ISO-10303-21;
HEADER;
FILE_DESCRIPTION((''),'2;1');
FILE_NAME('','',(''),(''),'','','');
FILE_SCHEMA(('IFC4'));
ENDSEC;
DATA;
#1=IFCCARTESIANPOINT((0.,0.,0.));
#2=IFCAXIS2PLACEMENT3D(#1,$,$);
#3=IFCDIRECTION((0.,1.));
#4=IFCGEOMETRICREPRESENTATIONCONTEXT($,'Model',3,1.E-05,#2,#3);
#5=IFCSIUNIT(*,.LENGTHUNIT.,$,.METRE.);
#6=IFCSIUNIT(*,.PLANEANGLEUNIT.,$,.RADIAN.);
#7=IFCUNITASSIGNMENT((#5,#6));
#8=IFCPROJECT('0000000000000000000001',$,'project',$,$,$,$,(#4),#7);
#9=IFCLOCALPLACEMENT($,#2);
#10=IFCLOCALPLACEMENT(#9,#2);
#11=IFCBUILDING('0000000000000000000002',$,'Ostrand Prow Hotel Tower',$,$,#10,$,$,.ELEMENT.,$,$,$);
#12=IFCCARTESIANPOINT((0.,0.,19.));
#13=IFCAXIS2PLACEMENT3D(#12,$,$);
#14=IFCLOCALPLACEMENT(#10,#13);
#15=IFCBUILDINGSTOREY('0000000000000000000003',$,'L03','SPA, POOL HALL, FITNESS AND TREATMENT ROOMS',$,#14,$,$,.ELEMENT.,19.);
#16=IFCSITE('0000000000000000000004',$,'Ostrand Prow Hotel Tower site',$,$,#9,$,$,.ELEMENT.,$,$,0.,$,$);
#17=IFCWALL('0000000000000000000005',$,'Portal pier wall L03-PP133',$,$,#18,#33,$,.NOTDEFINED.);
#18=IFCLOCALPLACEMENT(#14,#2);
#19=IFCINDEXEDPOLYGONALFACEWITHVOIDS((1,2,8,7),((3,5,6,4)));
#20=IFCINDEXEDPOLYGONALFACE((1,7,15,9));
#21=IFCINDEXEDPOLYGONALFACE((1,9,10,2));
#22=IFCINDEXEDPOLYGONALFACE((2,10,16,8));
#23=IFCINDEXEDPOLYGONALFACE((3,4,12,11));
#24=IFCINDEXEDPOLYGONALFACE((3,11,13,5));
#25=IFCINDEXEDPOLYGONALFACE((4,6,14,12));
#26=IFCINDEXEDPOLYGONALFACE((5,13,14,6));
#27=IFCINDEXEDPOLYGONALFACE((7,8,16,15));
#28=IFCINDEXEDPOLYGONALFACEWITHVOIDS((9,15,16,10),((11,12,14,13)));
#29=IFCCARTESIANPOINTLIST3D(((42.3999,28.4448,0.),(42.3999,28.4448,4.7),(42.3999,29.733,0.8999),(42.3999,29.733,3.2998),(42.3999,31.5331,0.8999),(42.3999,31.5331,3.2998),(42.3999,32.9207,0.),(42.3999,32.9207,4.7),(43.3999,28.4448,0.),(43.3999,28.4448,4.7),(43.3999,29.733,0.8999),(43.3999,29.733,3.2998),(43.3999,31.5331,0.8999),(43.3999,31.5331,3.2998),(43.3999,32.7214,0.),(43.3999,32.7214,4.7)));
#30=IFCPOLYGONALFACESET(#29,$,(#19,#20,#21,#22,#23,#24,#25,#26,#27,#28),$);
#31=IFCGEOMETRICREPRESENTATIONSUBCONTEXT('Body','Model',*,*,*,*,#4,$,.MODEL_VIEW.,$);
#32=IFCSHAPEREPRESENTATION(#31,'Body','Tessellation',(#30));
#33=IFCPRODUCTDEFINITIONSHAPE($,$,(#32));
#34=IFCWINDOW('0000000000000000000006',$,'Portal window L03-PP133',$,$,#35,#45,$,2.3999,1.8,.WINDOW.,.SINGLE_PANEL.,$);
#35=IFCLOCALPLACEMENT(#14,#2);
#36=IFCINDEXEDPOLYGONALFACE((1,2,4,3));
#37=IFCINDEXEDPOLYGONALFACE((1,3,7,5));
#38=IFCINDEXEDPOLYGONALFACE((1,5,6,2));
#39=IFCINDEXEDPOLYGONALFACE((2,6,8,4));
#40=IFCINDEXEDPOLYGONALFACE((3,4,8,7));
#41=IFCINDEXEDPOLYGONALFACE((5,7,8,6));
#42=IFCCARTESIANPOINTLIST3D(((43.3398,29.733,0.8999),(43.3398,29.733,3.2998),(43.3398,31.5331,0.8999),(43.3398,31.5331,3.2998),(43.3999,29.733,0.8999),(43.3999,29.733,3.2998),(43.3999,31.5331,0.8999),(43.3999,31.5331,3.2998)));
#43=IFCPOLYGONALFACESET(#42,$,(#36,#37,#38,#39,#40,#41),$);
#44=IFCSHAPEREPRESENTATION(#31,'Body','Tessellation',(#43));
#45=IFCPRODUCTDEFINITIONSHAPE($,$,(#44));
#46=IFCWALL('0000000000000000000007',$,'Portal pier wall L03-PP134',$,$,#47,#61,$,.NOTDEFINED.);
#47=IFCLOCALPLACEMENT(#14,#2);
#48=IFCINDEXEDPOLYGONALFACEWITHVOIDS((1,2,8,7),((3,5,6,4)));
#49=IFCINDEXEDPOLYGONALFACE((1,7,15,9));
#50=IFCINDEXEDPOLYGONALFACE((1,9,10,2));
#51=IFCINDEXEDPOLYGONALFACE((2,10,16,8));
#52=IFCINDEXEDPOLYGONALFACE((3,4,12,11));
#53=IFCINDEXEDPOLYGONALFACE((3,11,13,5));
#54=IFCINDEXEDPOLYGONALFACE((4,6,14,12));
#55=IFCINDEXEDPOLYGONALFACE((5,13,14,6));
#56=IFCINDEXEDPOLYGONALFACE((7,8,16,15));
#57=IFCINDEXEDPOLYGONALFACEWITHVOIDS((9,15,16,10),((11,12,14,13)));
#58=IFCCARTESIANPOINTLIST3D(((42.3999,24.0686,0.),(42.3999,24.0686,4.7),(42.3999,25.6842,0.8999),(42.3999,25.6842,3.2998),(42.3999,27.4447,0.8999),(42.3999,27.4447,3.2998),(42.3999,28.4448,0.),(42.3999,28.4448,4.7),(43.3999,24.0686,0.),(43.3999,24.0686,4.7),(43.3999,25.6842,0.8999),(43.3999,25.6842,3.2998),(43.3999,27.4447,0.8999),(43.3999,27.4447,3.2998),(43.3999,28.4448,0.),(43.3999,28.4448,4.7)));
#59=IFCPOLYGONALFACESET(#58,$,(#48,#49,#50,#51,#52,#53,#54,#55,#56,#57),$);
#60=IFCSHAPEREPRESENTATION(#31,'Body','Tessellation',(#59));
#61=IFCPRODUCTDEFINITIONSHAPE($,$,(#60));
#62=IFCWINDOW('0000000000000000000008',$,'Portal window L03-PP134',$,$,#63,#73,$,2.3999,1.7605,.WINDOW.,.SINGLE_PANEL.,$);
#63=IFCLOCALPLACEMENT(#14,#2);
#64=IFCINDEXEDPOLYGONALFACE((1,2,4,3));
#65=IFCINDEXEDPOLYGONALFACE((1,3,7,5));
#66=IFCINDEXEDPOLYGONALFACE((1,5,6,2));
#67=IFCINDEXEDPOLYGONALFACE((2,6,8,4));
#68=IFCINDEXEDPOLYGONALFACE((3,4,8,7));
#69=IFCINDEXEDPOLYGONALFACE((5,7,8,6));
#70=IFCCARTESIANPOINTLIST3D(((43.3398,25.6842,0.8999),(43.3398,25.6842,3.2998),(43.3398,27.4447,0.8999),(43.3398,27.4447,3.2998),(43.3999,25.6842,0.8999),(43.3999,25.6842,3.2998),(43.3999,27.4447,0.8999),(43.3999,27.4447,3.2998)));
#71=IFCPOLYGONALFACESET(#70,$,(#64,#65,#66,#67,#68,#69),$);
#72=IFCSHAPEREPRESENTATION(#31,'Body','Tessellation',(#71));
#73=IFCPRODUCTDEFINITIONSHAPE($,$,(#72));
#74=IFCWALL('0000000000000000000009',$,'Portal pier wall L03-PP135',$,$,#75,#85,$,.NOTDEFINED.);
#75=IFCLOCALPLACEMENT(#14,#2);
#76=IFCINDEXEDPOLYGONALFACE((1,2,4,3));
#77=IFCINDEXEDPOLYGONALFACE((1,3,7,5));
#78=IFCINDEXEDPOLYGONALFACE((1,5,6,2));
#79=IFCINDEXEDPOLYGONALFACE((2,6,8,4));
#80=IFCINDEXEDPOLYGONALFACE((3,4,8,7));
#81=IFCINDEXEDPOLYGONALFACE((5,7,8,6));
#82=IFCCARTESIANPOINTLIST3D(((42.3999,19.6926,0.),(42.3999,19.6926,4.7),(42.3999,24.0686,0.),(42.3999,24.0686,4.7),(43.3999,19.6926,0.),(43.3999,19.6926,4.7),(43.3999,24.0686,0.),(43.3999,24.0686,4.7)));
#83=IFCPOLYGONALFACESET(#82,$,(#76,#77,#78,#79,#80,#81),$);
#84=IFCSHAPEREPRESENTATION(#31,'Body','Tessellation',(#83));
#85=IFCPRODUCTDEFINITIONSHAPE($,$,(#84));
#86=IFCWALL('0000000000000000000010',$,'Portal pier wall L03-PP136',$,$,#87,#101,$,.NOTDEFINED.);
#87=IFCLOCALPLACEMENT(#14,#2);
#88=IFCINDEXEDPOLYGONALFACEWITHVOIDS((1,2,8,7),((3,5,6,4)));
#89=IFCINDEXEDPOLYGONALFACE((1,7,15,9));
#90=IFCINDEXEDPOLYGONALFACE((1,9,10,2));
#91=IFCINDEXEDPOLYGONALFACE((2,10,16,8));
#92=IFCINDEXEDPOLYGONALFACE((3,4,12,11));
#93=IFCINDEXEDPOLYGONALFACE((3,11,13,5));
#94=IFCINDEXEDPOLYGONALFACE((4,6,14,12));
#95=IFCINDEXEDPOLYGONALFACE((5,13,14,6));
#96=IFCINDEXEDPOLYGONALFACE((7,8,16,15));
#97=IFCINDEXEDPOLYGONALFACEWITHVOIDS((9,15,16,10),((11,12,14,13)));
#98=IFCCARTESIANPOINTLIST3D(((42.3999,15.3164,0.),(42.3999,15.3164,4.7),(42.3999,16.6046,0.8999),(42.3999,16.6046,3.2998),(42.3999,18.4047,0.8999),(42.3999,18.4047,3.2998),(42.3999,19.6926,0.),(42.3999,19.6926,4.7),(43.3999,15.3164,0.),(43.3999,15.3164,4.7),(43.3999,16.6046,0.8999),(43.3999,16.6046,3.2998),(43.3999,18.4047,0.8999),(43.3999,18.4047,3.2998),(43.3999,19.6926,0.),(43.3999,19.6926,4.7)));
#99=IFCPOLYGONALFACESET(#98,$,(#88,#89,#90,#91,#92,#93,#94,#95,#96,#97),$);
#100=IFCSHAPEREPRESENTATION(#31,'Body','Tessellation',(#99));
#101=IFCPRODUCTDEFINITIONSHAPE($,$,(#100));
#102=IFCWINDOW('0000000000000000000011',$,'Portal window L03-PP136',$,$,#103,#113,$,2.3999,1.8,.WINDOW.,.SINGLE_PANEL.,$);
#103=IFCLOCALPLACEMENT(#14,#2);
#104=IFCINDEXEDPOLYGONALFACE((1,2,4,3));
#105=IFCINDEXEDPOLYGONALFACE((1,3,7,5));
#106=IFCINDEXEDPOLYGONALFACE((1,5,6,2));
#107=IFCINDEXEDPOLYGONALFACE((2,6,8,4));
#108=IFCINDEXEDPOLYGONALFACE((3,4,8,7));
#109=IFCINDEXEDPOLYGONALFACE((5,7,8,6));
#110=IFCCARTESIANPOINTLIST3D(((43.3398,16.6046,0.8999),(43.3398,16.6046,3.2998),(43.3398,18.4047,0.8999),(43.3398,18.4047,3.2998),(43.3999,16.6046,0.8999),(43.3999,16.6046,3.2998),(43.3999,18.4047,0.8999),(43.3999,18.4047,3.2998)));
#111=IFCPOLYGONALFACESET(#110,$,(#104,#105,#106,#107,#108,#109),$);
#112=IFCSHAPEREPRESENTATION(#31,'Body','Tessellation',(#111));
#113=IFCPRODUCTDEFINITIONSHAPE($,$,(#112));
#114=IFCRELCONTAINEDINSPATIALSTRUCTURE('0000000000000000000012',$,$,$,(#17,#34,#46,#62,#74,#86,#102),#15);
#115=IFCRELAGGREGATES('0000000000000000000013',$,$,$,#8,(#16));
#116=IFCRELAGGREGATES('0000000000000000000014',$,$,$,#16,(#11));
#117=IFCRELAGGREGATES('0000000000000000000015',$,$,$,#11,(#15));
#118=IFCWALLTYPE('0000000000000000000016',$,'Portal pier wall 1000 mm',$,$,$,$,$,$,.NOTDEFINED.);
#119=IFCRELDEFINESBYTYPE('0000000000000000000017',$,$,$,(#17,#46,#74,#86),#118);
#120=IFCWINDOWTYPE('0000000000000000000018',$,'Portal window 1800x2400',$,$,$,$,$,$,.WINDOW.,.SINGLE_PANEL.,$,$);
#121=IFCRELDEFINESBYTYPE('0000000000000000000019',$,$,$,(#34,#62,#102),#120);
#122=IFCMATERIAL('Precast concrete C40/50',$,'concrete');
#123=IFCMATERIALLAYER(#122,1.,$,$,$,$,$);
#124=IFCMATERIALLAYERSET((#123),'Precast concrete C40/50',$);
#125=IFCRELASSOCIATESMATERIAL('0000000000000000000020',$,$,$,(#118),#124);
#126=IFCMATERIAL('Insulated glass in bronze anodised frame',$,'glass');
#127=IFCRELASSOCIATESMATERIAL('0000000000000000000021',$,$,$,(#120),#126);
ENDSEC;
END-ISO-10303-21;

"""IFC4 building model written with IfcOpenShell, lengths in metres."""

from ifc_helpers import new_model, si_unit, direction, frame, frame_2d, origin, place, context, subcontext, project, spatial, polyline, rectangle, outline, extrude, material, layer, layer_set, type_object, element, fill, save


model = new_model("IFC4")

# Units and contexts
model_context = context("Model", 3, precision=1e-05, world=origin(), true_north=direction((0.0, 1.0)))
body_context = subcontext(model_context, "Body", "Model", "MODEL_VIEW")
ifc_project = project(units=[si_unit("LENGTHUNIT", "METRE"), si_unit("PLANEANGLEUNIT", "RADIAN")], contexts=[model_context])

# Site, building, storey
site_placement = place(None, origin())
site = spatial("IfcSite", under=ifc_project, at=site_placement, Name="Ostrand Prow Hotel Tower site", CompositionType="ELEMENT", RefElevation=0.0)
building_placement = place(site_placement, origin())
building = spatial("IfcBuilding", under=site, at=building_placement, Name="Ostrand Prow Hotel Tower", CompositionType="ELEMENT")
storey_placement = place(building_placement, frame((0.0, 0.0, 19.0)))
storey = spatial("IfcBuildingStorey", under=building, at=storey_placement, Name="L03", Description="SPA, POOL HALL, FITNESS AND TREATMENT ROOMS", CompositionType="ELEMENT", Elevation=19.0)

# Shared definitions
ifc_material_1 = material(Name="Precast concrete C40/50", Category="concrete")
ifc_layer_1 = layer(ifc_material_1, 1.0)
ifc_layer_set_1 = layer_set([ifc_layer_1], Name="Precast concrete C40/50")
wall_type_1 = type_object("IfcWallType", Name="Portal pier wall 1000 mm", PredefinedType="NOTDEFINED", material=ifc_layer_set_1)
ifc_material_2 = material(Name="Insulated glass in bronze anodised frame", Category="glass")
window_type = type_object("IfcWindowType", Name="Portal window 1800x2400", PartitioningType="SINGLE_PANEL", PredefinedType="WINDOW", material=ifc_material_2)

# Walls, openings, windows
wall_1_placement = place(storey_placement, frame((42.8999, 32.821, 0.0), z_axis=(0.0, 0.0, 1.0), x_axis=(0.0, -1.0, 0.0)))
wall_1 = element("IfcWall", 1, at=wall_1_placement, inside=storey, type_object=wall_type_1, Name="Portal pier wall L03-PP133", PredefinedType="NOTDEFINED", context=body_context, shape_type="SweptSolid", body=[
    extrude(outline(polyline([(-0.0996, -0.5), (4.3762, -0.5), (4.3762, 0.5), (0.0996, 0.5), (-0.0996, -0.5)])), origin(), (0.0, 0.0, 1.0), 4.7),
])
opening_1_placement = place(wall_1_placement, frame((1.2881, 0.0, 0.8999)))
opening_1 = element("IfcOpeningElement", 2, at=opening_1_placement, cuts=wall_1, PredefinedType="OPENING", context=body_context, shape_type="SweptSolid", body=[
    extrude(rectangle(XDim=1.8, YDim=2.3999, at=frame_2d((0.8999, 1.2))), frame((0.0, 0.51, 0.0), z_axis=(0.0, -1.0, 0.0), x_axis=(1.0, 0.0, 0.0)), (0.0, 0.0, 1.0), 1.02),
])
window_1_placement = place(opening_1_placement, origin())
window_1 = element("IfcWindow", 3, at=window_1_placement, inside=storey, type_object=window_type, Name="Portal window L03-PP133", OverallHeight=2.3999, OverallWidth=1.8, PartitioningType="SINGLE_PANEL", PredefinedType="WINDOW", context=body_context, shape_type="SweptSolid", body=[
    extrude(rectangle(XDim=1.8, YDim=2.3999, at=frame_2d((0.8999, 1.2))), frame((0.0, 0.5, 0.0), z_axis=(0.0, -1.0, 0.0), x_axis=(1.0, 0.0, 0.0)), (0.0, 0.0, 1.0), 0.0601),
])
fill(opening_1, window_1)
wall_2_placement = place(storey_placement, frame((42.8999, 28.4448, 0.0), z_axis=(0.0, 0.0, 1.0), x_axis=(0.0, -1.0, 0.0)))
wall_2 = element("IfcWall", 4, at=wall_2_placement, inside=storey, type_object=wall_type_1, Name="Portal pier wall L03-PP134", PredefinedType="NOTDEFINED", context=body_context, shape_type="SweptSolid", body=[
    extrude(outline(polyline([(0.0, -0.5), (4.3762, -0.5), (4.3762, 0.5), (0.0, 0.5), (0.0, -0.5)])), origin(), (0.0, 0.0, 1.0), 4.7),
])
opening_2_placement = place(wall_2_placement, frame((1.0, 0.0, 0.8999)))
opening_2 = element("IfcOpeningElement", 5, at=opening_2_placement, cuts=wall_2, PredefinedType="OPENING", context=body_context, shape_type="SweptSolid", body=[
    extrude(rectangle(XDim=1.7605, YDim=2.3999, at=frame_2d((0.8804, 1.2))), frame((0.0, 0.51, 0.0), z_axis=(0.0, -1.0, 0.0), x_axis=(1.0, 0.0, 0.0)), (0.0, 0.0, 1.0), 1.02),
])
window_2_placement = place(opening_2_placement, origin())
window_2 = element("IfcWindow", 6, at=window_2_placement, inside=storey, type_object=window_type, Name="Portal window L03-PP134", OverallHeight=2.3999, OverallWidth=1.7605, PartitioningType="SINGLE_PANEL", PredefinedType="WINDOW", context=body_context, shape_type="SweptSolid", body=[
    extrude(rectangle(XDim=1.7605, YDim=2.3999, at=frame_2d((0.8804, 1.2))), frame((0.0, 0.5, 0.0), z_axis=(0.0, -1.0, 0.0), x_axis=(1.0, 0.0, 0.0)), (0.0, 0.0, 1.0), 0.0601),
])
fill(opening_2, window_2)

# Wall
wall_3_placement = place(storey_placement, frame((42.8999, 24.0686, 0.0), z_axis=(0.0, 0.0, 1.0), x_axis=(0.0, -1.0, 0.0)))
element("IfcWall", 7, at=wall_3_placement, inside=storey, type_object=wall_type_1, Name="Portal pier wall L03-PP135", PredefinedType="NOTDEFINED", context=body_context, shape_type="SweptSolid", body=[
    extrude(outline(polyline([(0.0, -0.5), (4.376, -0.5), (4.376, 0.5), (0.0, 0.5), (0.0, -0.5)])), origin(), (0.0, 0.0, 1.0), 4.7),
])

# Wall, opening, window
wall_4_placement = place(storey_placement, frame((42.8999, 19.6926, 0.0), z_axis=(0.0, 0.0, 1.0), x_axis=(0.0, -1.0, 0.0)))
wall_4 = element("IfcWall", 8, at=wall_4_placement, inside=storey, type_object=wall_type_1, Name="Portal pier wall L03-PP136", PredefinedType="NOTDEFINED", context=body_context, shape_type="SweptSolid", body=[
    extrude(outline(polyline([(0.0, -0.5), (4.3762, -0.5), (4.3762, 0.5), (0.0, 0.5), (0.0, -0.5)])), origin(), (0.0, 0.0, 1.0), 4.7),
])
opening_3_placement = place(wall_4_placement, frame((1.2881, 0.0, 0.8999)))
opening_3 = element("IfcOpeningElement", 9, at=opening_3_placement, cuts=wall_4, PredefinedType="OPENING", context=body_context, shape_type="SweptSolid", body=[
    extrude(rectangle(XDim=1.8, YDim=2.3999, at=frame_2d((0.8999, 1.2))), frame((0.0, 0.51, 0.0), z_axis=(0.0, -1.0, 0.0), x_axis=(1.0, 0.0, 0.0)), (0.0, 0.0, 1.0), 1.02),
])
window_3_placement = place(opening_3_placement, origin())
window_3 = element("IfcWindow", 10, at=window_3_placement, inside=storey, type_object=window_type, Name="Portal window L03-PP136", OverallHeight=2.3999, OverallWidth=1.8, PartitioningType="SINGLE_PANEL", PredefinedType="WINDOW", context=body_context, shape_type="SweptSolid", body=[
    extrude(rectangle(XDim=1.8, YDim=2.3999, at=frame_2d((0.8999, 1.2))), frame((0.0, 0.5, 0.0), z_axis=(0.0, -1.0, 0.0), x_axis=(1.0, 0.0, 0.0)), (0.0, 0.0, 1.0), 0.0601),
])
fill(opening_3, window_3)

save(model, "model.ifc")
